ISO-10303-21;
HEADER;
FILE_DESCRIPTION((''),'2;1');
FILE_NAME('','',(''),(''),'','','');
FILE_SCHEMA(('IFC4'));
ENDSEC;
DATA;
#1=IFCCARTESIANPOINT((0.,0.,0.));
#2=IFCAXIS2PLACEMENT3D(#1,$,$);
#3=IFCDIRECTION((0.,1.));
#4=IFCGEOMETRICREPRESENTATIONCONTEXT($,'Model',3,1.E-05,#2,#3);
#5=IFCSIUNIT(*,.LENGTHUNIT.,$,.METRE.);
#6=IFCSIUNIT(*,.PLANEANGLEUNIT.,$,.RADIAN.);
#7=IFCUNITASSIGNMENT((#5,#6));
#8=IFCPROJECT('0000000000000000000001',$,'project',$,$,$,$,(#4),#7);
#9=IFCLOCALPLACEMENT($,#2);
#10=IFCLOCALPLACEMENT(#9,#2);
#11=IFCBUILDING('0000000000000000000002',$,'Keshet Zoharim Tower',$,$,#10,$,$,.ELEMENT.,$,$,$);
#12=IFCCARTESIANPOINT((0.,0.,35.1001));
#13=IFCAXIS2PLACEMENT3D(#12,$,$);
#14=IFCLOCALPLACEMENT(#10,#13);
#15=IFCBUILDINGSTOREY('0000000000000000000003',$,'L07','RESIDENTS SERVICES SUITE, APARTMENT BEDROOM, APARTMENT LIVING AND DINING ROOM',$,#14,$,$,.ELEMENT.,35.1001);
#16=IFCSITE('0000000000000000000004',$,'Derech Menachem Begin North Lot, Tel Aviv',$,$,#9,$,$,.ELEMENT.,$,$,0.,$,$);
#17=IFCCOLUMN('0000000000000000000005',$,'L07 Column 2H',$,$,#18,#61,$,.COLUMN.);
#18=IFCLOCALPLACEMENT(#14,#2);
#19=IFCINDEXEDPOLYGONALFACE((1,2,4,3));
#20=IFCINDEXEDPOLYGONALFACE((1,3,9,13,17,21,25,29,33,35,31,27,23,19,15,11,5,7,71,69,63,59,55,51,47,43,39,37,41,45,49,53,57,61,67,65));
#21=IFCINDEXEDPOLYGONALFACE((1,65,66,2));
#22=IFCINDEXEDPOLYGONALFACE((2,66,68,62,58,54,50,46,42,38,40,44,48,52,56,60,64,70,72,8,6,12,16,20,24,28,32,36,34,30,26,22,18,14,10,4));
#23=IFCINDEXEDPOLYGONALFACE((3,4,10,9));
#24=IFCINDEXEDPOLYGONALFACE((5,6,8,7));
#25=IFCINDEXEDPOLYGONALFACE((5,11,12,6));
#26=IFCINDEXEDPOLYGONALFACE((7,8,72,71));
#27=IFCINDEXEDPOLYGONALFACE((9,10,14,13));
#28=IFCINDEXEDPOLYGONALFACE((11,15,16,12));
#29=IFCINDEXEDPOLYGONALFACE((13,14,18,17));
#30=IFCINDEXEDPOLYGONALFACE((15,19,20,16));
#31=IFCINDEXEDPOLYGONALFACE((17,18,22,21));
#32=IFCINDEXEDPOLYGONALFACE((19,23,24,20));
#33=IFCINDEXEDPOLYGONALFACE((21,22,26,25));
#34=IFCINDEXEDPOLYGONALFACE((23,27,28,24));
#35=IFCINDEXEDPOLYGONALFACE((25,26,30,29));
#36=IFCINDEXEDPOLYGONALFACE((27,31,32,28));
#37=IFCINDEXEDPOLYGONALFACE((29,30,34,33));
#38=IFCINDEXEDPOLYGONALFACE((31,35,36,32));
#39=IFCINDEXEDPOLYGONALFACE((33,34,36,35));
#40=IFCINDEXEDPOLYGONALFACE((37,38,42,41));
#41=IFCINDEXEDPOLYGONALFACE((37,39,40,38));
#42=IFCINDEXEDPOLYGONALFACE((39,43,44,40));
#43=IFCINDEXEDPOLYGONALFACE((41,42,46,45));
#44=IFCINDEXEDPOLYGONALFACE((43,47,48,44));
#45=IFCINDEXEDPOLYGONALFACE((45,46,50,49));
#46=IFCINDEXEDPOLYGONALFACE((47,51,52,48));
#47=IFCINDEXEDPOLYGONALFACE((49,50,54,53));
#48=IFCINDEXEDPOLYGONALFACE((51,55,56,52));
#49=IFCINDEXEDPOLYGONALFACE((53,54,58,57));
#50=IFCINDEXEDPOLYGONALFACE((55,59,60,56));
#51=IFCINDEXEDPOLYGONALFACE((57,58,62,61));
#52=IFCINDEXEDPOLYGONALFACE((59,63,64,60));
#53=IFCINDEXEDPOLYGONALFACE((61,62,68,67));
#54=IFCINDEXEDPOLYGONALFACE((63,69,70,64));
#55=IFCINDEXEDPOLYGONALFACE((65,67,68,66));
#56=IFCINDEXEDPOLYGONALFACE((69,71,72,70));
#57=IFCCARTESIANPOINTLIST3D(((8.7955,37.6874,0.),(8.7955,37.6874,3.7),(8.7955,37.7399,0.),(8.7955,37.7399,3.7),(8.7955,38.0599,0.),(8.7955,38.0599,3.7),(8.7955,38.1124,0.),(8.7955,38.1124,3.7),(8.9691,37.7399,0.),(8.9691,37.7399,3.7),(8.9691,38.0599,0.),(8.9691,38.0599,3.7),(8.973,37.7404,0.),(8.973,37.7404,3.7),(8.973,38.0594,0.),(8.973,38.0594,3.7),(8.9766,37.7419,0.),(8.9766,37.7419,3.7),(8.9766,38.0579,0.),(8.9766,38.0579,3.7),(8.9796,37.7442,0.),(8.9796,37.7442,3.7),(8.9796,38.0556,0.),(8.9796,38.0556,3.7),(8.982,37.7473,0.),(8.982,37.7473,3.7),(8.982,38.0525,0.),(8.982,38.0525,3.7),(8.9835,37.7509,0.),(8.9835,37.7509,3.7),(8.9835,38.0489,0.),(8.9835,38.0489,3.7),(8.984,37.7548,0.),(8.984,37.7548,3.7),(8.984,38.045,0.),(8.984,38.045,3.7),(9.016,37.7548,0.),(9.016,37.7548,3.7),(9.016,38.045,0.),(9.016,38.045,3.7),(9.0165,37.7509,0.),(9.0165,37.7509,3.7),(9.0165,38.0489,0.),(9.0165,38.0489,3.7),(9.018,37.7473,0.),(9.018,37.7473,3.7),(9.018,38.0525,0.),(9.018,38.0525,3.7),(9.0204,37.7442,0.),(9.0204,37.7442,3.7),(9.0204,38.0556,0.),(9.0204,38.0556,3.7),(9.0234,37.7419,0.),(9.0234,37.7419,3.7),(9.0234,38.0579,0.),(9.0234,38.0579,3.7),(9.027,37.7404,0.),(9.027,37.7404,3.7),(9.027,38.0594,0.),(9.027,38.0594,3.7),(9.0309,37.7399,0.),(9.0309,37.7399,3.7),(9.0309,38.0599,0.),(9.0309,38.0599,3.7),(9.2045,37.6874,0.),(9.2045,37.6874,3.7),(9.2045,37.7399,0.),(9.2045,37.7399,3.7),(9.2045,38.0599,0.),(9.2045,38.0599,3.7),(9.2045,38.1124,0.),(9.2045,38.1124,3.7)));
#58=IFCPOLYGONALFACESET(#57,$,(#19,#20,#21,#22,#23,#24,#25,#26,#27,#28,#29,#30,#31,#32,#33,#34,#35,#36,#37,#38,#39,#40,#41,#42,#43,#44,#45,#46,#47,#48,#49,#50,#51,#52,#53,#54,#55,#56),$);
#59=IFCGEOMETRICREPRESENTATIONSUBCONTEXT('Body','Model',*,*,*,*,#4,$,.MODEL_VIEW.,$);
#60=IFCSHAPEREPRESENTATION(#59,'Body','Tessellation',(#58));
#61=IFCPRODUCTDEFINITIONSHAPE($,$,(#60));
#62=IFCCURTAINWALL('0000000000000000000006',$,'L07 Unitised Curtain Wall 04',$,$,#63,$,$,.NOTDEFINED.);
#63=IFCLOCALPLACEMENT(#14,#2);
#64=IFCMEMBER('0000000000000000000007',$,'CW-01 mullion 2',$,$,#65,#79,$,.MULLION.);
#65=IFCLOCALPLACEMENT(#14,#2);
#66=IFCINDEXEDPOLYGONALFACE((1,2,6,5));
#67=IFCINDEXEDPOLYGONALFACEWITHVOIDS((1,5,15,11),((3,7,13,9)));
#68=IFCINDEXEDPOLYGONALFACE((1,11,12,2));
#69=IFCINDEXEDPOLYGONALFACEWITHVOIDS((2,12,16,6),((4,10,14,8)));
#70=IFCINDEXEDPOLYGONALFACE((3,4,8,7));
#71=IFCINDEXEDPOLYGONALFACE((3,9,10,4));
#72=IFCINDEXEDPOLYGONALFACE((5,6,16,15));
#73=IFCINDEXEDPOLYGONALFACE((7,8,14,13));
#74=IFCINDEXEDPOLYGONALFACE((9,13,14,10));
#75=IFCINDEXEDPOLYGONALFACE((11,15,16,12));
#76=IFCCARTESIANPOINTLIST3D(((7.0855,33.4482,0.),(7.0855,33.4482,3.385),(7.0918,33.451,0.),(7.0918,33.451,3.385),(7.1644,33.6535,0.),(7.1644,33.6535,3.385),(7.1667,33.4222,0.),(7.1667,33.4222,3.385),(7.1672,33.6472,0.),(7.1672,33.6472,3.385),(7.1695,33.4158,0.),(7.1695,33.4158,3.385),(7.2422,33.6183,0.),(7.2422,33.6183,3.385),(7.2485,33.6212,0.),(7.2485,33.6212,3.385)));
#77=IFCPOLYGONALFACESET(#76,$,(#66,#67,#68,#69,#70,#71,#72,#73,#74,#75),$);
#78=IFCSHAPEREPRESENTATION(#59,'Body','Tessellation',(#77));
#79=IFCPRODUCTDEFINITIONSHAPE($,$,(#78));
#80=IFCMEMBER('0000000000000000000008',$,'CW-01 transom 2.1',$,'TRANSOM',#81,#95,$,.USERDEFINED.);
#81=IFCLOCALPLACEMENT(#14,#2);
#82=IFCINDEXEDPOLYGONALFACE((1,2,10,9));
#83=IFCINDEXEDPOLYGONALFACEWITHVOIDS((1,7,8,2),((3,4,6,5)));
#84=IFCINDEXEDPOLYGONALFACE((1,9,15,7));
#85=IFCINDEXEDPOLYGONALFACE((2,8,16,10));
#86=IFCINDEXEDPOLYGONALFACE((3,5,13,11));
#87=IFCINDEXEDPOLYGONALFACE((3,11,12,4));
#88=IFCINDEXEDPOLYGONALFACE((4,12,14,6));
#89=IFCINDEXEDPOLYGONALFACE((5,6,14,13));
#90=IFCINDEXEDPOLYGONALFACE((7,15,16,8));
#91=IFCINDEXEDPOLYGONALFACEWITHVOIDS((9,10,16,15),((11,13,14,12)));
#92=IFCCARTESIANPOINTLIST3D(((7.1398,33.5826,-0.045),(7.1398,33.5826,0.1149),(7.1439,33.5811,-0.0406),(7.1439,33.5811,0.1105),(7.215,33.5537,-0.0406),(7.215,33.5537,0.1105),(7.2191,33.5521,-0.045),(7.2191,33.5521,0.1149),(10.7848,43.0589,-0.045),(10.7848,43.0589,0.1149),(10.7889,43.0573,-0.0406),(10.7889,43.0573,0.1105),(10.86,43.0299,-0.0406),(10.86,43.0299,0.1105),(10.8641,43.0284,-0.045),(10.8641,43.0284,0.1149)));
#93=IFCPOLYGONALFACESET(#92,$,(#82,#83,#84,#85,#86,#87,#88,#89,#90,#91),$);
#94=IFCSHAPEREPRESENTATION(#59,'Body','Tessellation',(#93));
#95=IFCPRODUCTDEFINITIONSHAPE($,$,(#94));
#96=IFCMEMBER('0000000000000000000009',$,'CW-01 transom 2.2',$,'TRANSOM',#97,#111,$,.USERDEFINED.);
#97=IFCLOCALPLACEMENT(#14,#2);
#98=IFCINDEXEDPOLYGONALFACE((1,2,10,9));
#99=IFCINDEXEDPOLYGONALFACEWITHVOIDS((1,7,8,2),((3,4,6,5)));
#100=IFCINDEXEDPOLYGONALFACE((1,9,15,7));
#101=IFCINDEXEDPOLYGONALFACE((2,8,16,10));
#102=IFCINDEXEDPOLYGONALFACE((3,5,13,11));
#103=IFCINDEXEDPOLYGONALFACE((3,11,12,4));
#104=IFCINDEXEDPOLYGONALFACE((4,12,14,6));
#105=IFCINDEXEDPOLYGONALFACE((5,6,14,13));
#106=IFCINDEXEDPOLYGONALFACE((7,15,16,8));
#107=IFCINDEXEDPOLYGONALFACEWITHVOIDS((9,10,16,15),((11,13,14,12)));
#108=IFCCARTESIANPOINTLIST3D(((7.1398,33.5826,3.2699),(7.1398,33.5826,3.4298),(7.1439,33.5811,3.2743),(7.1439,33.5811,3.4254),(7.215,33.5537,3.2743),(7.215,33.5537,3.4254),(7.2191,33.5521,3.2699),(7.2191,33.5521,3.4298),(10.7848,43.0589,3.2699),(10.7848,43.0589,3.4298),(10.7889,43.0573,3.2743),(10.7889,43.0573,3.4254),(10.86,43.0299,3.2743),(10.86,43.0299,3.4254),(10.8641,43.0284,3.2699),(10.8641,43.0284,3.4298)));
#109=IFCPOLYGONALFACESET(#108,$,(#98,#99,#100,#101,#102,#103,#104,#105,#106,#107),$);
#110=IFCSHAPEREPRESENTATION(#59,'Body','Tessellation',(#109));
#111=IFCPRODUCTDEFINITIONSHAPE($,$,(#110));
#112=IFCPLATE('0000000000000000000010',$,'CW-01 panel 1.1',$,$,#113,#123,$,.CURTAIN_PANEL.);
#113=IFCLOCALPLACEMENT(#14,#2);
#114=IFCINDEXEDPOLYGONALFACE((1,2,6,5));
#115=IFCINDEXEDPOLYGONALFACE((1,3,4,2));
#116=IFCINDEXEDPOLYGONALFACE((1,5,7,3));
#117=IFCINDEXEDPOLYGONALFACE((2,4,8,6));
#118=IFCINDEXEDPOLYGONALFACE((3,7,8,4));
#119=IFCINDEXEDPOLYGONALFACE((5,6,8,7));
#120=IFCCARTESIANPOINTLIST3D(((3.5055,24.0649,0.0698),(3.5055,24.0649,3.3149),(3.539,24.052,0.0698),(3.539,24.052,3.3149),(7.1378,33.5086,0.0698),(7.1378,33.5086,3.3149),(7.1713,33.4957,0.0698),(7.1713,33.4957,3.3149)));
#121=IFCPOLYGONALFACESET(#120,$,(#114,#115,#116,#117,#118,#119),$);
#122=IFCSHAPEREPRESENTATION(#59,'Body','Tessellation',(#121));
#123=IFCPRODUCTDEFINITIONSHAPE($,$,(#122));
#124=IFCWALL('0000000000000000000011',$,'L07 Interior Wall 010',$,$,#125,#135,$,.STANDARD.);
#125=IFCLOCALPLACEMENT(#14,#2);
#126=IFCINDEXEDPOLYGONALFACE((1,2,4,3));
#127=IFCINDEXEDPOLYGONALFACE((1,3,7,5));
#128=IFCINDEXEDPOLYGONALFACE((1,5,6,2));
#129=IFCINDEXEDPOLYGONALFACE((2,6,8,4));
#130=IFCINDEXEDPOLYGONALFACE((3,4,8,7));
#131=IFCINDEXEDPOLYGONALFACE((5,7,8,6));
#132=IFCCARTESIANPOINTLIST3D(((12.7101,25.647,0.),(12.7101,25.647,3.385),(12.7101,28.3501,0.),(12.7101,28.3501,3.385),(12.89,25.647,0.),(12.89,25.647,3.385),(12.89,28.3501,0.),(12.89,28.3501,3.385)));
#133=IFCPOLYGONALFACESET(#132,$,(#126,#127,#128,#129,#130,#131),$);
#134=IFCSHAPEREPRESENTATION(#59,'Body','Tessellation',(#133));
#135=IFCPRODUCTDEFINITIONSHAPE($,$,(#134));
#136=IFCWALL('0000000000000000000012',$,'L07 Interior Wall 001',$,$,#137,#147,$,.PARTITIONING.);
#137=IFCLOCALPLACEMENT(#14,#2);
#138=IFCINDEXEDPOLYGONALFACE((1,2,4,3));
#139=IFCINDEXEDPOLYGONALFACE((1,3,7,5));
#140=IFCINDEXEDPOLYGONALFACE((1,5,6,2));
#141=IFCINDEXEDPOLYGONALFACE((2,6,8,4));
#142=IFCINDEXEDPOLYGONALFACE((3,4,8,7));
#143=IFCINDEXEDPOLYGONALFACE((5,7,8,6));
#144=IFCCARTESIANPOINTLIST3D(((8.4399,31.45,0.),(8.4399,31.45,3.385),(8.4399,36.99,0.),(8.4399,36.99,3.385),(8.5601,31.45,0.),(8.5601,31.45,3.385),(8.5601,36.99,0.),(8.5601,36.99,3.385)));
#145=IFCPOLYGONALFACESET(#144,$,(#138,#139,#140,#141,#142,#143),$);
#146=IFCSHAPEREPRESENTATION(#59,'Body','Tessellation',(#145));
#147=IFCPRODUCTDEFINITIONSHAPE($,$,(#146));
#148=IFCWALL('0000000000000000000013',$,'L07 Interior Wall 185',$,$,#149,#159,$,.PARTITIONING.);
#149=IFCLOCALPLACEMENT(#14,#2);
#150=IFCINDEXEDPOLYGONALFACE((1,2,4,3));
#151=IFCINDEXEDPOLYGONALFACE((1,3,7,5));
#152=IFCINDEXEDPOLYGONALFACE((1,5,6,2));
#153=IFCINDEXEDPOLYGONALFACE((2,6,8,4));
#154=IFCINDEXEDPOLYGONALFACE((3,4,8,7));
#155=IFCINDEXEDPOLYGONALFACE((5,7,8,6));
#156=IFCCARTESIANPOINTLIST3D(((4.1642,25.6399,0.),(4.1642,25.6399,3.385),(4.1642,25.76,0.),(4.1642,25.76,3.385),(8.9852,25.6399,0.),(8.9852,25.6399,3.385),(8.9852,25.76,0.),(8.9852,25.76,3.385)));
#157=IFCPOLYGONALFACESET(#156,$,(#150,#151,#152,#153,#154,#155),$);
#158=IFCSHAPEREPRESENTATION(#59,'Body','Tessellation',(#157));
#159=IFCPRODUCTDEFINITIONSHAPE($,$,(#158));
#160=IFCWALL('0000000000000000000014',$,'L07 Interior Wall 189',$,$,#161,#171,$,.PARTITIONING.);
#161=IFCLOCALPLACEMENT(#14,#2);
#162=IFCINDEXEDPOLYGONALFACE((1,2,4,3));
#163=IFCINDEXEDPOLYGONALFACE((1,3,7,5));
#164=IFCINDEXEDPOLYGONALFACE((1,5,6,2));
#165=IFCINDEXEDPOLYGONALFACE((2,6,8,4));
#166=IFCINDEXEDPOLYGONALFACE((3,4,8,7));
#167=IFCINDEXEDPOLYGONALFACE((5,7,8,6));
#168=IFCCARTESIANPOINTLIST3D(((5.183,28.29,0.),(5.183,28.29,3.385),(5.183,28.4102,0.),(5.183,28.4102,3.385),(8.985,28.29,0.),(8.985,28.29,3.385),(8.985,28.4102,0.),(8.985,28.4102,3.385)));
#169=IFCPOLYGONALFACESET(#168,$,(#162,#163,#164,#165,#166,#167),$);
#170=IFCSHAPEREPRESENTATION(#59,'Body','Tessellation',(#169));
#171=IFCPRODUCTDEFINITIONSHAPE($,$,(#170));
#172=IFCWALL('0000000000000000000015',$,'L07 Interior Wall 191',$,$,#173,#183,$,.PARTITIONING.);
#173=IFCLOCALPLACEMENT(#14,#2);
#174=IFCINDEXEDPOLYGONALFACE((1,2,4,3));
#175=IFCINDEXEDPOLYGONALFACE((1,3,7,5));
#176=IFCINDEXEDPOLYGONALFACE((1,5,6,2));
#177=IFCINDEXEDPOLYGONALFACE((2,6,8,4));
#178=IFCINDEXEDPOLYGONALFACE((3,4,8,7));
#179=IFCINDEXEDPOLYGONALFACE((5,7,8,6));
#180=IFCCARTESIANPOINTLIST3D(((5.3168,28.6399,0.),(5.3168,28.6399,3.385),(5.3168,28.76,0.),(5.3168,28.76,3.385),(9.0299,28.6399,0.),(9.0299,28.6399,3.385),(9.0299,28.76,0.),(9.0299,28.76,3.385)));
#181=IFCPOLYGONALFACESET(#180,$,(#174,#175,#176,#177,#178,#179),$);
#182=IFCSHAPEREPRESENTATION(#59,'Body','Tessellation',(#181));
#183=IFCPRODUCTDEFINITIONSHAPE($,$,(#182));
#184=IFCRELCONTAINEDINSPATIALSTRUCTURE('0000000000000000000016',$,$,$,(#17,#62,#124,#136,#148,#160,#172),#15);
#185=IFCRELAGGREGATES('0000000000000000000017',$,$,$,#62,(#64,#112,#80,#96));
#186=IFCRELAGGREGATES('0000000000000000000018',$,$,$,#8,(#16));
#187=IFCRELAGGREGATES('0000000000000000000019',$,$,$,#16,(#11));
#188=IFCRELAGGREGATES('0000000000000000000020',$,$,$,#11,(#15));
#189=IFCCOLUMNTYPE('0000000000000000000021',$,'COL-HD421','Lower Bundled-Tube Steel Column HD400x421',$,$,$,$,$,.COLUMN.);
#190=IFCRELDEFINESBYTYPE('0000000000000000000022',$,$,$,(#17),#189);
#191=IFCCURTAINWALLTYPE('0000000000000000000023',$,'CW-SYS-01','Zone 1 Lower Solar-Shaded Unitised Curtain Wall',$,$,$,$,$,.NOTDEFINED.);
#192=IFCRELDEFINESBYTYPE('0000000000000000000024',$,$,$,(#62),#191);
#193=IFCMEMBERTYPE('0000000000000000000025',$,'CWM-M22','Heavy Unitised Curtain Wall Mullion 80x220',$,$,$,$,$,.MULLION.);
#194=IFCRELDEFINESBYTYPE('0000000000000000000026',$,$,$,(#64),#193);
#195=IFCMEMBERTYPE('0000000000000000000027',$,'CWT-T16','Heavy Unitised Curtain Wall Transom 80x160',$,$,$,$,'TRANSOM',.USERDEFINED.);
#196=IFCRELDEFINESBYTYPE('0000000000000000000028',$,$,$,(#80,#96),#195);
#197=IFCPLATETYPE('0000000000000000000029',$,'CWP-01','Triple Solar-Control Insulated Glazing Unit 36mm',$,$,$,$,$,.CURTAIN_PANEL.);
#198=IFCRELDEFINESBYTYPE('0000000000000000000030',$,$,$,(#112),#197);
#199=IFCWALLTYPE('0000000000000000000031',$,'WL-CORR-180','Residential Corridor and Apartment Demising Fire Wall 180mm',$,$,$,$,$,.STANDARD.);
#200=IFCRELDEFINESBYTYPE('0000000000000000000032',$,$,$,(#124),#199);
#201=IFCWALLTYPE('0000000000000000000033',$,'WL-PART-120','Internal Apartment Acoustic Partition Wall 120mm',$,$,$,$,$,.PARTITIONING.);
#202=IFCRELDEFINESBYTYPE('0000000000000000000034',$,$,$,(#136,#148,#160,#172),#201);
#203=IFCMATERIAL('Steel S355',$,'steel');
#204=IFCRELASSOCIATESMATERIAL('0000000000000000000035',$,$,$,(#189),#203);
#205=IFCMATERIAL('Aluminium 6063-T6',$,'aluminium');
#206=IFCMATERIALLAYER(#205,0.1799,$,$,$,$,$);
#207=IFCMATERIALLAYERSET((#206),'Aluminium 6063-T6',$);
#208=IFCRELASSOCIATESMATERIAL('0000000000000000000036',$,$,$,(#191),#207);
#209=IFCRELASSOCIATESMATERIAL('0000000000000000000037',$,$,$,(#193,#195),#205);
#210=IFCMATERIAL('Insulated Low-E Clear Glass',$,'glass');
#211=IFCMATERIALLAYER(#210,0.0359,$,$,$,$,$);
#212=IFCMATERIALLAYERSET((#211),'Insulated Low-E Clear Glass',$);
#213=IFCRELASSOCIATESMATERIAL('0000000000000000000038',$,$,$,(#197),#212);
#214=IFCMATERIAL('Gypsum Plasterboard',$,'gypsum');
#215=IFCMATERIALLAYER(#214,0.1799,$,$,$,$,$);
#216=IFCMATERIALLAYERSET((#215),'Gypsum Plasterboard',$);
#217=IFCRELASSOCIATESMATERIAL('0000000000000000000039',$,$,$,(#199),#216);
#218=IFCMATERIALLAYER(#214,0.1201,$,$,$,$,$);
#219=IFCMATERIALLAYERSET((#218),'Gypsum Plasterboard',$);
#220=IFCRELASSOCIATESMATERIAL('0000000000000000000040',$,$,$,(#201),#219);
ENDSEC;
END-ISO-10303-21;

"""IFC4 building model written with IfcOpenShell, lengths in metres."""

from ifc_helpers import new_model, si_unit, direction, frame, frame_2d, origin, origin_2d, place, context, subcontext, project, spatial, rectangle, hollow_rectangle, i_section, extrude, material, layer, layer_set, material_profile, profile_set, type_object, element, aggregate, save


model = new_model("IFC4")

# Units and contexts
model_context = context("Model", 3, precision=1e-05, world=origin(), true_north=direction((0.0, 1.0)))
body_context = subcontext(model_context, "Body", "Model", "MODEL_VIEW")
ifc_project = project(units=[si_unit("LENGTHUNIT", "METRE"), si_unit("PLANEANGLEUNIT", "RADIAN")], contexts=[model_context])

# Site, building, storey
site_placement = place(None, origin())
site = spatial("IfcSite", under=ifc_project, at=site_placement, Name="Derech Menachem Begin North Lot, Tel Aviv", CompositionType="ELEMENT", RefElevation=0.0)
building_placement = place(site_placement, origin())
building = spatial("IfcBuilding", under=site, at=building_placement, Name="Keshet Zoharim Tower", CompositionType="ELEMENT")
storey_placement = place(building_placement, frame((0.0, 0.0, 35.1001)))
storey = spatial("IfcBuildingStorey", under=building, at=storey_placement, Name="L07", Description="RESIDENTS SERVICES SUITE, APARTMENT BEDROOM, APARTMENT LIVING AND DINING ROOM", CompositionType="ELEMENT", Elevation=35.1001)

# Column
ifc_material_1 = material(Name="Steel S355", Category="steel")
ifc_material_profile_1 = material_profile(ifc_material_1, i_section(OverallWidth=0.4089, OverallDepth=0.425, WebThickness=0.032, FlangeThickness=0.0525, FilletRadius=0.0149, at=origin_2d()), Name="HD400x421")
ifc_profile_set_1 = profile_set([ifc_material_profile_1], Name="Steel S355")
column_type = type_object("IfcColumnType", Name="COL-HD421", Description="Lower Bundled-Tube Steel Column HD400x421", PredefinedType="COLUMN", material=ifc_profile_set_1)
column_placement = place(storey_placement, frame((9.0, 37.8999, 0.0), z_axis=(0.0, 0.0, 1.0), x_axis=(1.0, 0.0, 0.0)))
element("IfcColumn", 1, at=column_placement, inside=storey, type_object=column_type, Name="L07 Column 2H", PredefinedType="COLUMN", context=body_context, shape_type="SweptSolid", body=[
    extrude(i_section(OverallWidth=0.4089, OverallDepth=0.425, WebThickness=0.032, FlangeThickness=0.0525, FilletRadius=0.0149, at=origin_2d()), origin(), (0.0, 0.0, 1.0), 3.7),
])

# Curtain wall, members, plate
ifc_material_2 = material(Name="Aluminium 6063-T6", Category="aluminium")
ifc_layer_1 = layer(ifc_material_2, 0.1799)
ifc_layer_set_1 = layer_set([ifc_layer_1], Name="Aluminium 6063-T6")
curtain_wall_type = type_object("IfcCurtainWallType", Name="CW-SYS-01", Description="Zone 1 Lower Solar-Shaded Unitised Curtain Wall", PredefinedType="NOTDEFINED", material=ifc_layer_set_1)
curtain_wall_placement = place(storey_placement, origin())
curtain_wall = element("IfcCurtainWall", 2, at=curtain_wall_placement, inside=storey, type_object=curtain_wall_type, Name="L07 Unitised Curtain Wall 04", PredefinedType="NOTDEFINED")
ifc_material_profile_2 = material_profile(ifc_material_2, hollow_rectangle(XDim=0.0901, YDim=0.22, WallThickness=0.0049, at=origin_2d()), Name="MUL-90x220")
ifc_profile_set_2 = profile_set([ifc_material_profile_2], Name="Aluminium 6063-T6")
member_type_1 = type_object("IfcMemberType", Name="CWM-M22", Description="Heavy Unitised Curtain Wall Mullion 80x220", PredefinedType="MULLION", material=ifc_profile_set_2)
member_1_placement = place(storey_placement, frame((7.167, 33.5347, 0.0), z_axis=(0.0, 0.0, 1.0), x_axis=(-0.933341, 0.35899, 0.0)))
member_1 = element("IfcMember", 3, at=member_1_placement, type_object=member_type_1, Name="CW-01 mullion 2", PredefinedType="MULLION", context=body_context, shape_type="SweptSolid", body=[
    extrude(hollow_rectangle(XDim=0.0901, YDim=0.22, WallThickness=0.0049, at=origin_2d()), origin(), (0.0, 0.0, 1.0), 3.385),
])
ifc_material_profile_3 = material_profile(ifc_material_2, hollow_rectangle(XDim=0.085, YDim=0.1599, WallThickness=0.0044, at=origin_2d()), Name="TRN-85x160")
ifc_profile_set_3 = profile_set([ifc_material_profile_3], Name="Aluminium 6063-T6")
member_type_2 = type_object("IfcMemberType", Name="CWT-T16", Description="Heavy Unitised Curtain Wall Transom 80x160", ElementType="TRANSOM", PredefinedType="USERDEFINED", material=ifc_profile_set_3)
member_2_placement = place(storey_placement, frame((7.1794, 33.5674, 0.0349), z_axis=(0.359003, 0.933336, 0.0), x_axis=(-0.933336, 0.359003, 0.0)))
member_2 = element("IfcMember", 4, at=member_2_placement, type_object=member_type_2, Name="CW-01 transom 2.1", ObjectType="TRANSOM", PredefinedType="USERDEFINED", context=body_context, shape_type="SweptSolid", body=[
    extrude(hollow_rectangle(XDim=0.085, YDim=0.1599, WallThickness=0.0044, at=origin_2d()), origin(), (0.0, 0.0, 1.0), 10.1531),
])
member_3_placement = place(storey_placement, frame((7.1794, 33.5674, 3.3499), z_axis=(0.359003, 0.933336, 0.0), x_axis=(-0.933336, 0.359003, 0.0)))
member_3 = element("IfcMember", 5, at=member_3_placement, type_object=member_type_2, Name="CW-01 transom 2.2", ObjectType="TRANSOM", PredefinedType="USERDEFINED", context=body_context, shape_type="SweptSolid", body=[
    extrude(hollow_rectangle(XDim=0.085, YDim=0.1599, WallThickness=0.0044, at=origin_2d()), origin(), (0.0, 0.0, 1.0), 10.1531),
])
ifc_material_3 = material(Name="Insulated Low-E Clear Glass", Category="glass")
ifc_layer_2 = layer(ifc_material_3, 0.0359)
ifc_layer_set_2 = layer_set([ifc_layer_2], Name="Insulated Low-E Clear Glass")
plate_type = type_object("IfcPlateType", Name="CWP-01", Description="Triple Solar-Control Insulated Glazing Unit 36mm", PredefinedType="CURTAIN_PANEL", material=ifc_layer_set_2)
plate_placement = place(storey_placement, frame((5.3384, 28.7803, 0.0698), z_axis=(0.0, 0.0, 1.0), x_axis=(0.35899, 0.933341, 0.0)))
plate = element("IfcPlate", 6, at=plate_placement, type_object=plate_type, Name="CW-01 panel 1.1", PredefinedType="CURTAIN_PANEL", context=body_context, shape_type="SweptSolid", body=[
    extrude(rectangle(XDim=10.1182, YDim=0.0359, at=origin_2d()), origin(), (0.0, 0.0, 1.0), 3.2451),
])
aggregate(curtain_wall, [member_1, plate, member_2, member_3])

# Wall
ifc_material_4 = material(Name="Gypsum Plasterboard", Category="gypsum")
ifc_layer_3 = layer(ifc_material_4, 0.1799)
ifc_layer_set_3 = layer_set([ifc_layer_3], Name="Gypsum Plasterboard")
wall_type_1 = type_object("IfcWallType", Name="WL-CORR-180", Description="Residential Corridor and Apartment Demising Fire Wall 180mm", PredefinedType="STANDARD", material=ifc_layer_set_3)
wall_1_placement = place(storey_placement, frame((12.8, 25.647, 0.0), z_axis=(0.0, 0.0, 1.0), x_axis=(0.0, 1.0, 0.0)))
element("IfcWall", 7, at=wall_1_placement, inside=storey, type_object=wall_type_1, Name="L07 Interior Wall 010", PredefinedType="STANDARD", context=body_context, shape_type="SweptSolid", body=[
    extrude(rectangle(XDim=2.7031, YDim=0.1799, at=frame_2d((1.3516, 0.0))), origin(), (0.0, 0.0, 1.0), 3.385),
])

# Wall
ifc_layer_4 = layer(ifc_material_4, 0.1201)
ifc_layer_set_4 = layer_set([ifc_layer_4], Name="Gypsum Plasterboard")
wall_type_2 = type_object("IfcWallType", Name="WL-PART-120", Description="Internal Apartment Acoustic Partition Wall 120mm", PredefinedType="PARTITIONING", material=ifc_layer_set_4)
wall_2_placement = place(storey_placement, frame((8.5, 31.45, 0.0), z_axis=(0.0, 0.0, 1.0), x_axis=(0.0, 1.0, 0.0)))
element("IfcWall", 8, at=wall_2_placement, inside=storey, type_object=wall_type_2, Name="L07 Interior Wall 001", PredefinedType="PARTITIONING", context=body_context, shape_type="SweptSolid", body=[
    extrude(rectangle(XDim=5.54, YDim=0.1201, at=frame_2d((2.77, 0.0))), origin(), (0.0, 0.0, 1.0), 3.385),
])

# Walls
wall_3_placement = place(storey_placement, frame((4.1641, 25.7, 0.0), z_axis=(0.0, 0.0, 1.0), x_axis=(1.0, 0.0, 0.0)))
element("IfcWall", 9, at=wall_3_placement, inside=storey, type_object=wall_type_2, Name="L07 Interior Wall 185", PredefinedType="PARTITIONING", context=body_context, shape_type="SweptSolid", body=[
    extrude(rectangle(XDim=4.821, YDim=0.1201, at=frame_2d((2.4106, 0.0))), origin(), (0.0, 0.0, 1.0), 3.385),
])
wall_4_placement = place(storey_placement, frame((5.1831, 28.3501, 0.0), z_axis=(0.0, 0.0, 1.0), x_axis=(1.0, 0.0, 0.0)))
element("IfcWall", 10, at=wall_4_placement, inside=storey, type_object=wall_type_2, Name="L07 Interior Wall 189", PredefinedType="PARTITIONING", context=body_context, shape_type="SweptSolid", body=[
    extrude(rectangle(XDim=3.802, YDim=0.1201, at=frame_2d((1.9009, 0.0))), origin(), (0.0, 0.0, 1.0), 3.385),
])
wall_5_placement = place(storey_placement, frame((5.3169, 28.7, 0.0), z_axis=(0.0, 0.0, 1.0), x_axis=(1.0, 0.0, 0.0)))
element("IfcWall", 11, at=wall_5_placement, inside=storey, type_object=wall_type_2, Name="L07 Interior Wall 191", PredefinedType="PARTITIONING", context=body_context, shape_type="SweptSolid", body=[
    extrude(rectangle(XDim=3.7131, YDim=0.1201, at=frame_2d((1.8564, 0.0))), origin(), (0.0, 0.0, 1.0), 3.385),
])

save(model, "model.ifc")
